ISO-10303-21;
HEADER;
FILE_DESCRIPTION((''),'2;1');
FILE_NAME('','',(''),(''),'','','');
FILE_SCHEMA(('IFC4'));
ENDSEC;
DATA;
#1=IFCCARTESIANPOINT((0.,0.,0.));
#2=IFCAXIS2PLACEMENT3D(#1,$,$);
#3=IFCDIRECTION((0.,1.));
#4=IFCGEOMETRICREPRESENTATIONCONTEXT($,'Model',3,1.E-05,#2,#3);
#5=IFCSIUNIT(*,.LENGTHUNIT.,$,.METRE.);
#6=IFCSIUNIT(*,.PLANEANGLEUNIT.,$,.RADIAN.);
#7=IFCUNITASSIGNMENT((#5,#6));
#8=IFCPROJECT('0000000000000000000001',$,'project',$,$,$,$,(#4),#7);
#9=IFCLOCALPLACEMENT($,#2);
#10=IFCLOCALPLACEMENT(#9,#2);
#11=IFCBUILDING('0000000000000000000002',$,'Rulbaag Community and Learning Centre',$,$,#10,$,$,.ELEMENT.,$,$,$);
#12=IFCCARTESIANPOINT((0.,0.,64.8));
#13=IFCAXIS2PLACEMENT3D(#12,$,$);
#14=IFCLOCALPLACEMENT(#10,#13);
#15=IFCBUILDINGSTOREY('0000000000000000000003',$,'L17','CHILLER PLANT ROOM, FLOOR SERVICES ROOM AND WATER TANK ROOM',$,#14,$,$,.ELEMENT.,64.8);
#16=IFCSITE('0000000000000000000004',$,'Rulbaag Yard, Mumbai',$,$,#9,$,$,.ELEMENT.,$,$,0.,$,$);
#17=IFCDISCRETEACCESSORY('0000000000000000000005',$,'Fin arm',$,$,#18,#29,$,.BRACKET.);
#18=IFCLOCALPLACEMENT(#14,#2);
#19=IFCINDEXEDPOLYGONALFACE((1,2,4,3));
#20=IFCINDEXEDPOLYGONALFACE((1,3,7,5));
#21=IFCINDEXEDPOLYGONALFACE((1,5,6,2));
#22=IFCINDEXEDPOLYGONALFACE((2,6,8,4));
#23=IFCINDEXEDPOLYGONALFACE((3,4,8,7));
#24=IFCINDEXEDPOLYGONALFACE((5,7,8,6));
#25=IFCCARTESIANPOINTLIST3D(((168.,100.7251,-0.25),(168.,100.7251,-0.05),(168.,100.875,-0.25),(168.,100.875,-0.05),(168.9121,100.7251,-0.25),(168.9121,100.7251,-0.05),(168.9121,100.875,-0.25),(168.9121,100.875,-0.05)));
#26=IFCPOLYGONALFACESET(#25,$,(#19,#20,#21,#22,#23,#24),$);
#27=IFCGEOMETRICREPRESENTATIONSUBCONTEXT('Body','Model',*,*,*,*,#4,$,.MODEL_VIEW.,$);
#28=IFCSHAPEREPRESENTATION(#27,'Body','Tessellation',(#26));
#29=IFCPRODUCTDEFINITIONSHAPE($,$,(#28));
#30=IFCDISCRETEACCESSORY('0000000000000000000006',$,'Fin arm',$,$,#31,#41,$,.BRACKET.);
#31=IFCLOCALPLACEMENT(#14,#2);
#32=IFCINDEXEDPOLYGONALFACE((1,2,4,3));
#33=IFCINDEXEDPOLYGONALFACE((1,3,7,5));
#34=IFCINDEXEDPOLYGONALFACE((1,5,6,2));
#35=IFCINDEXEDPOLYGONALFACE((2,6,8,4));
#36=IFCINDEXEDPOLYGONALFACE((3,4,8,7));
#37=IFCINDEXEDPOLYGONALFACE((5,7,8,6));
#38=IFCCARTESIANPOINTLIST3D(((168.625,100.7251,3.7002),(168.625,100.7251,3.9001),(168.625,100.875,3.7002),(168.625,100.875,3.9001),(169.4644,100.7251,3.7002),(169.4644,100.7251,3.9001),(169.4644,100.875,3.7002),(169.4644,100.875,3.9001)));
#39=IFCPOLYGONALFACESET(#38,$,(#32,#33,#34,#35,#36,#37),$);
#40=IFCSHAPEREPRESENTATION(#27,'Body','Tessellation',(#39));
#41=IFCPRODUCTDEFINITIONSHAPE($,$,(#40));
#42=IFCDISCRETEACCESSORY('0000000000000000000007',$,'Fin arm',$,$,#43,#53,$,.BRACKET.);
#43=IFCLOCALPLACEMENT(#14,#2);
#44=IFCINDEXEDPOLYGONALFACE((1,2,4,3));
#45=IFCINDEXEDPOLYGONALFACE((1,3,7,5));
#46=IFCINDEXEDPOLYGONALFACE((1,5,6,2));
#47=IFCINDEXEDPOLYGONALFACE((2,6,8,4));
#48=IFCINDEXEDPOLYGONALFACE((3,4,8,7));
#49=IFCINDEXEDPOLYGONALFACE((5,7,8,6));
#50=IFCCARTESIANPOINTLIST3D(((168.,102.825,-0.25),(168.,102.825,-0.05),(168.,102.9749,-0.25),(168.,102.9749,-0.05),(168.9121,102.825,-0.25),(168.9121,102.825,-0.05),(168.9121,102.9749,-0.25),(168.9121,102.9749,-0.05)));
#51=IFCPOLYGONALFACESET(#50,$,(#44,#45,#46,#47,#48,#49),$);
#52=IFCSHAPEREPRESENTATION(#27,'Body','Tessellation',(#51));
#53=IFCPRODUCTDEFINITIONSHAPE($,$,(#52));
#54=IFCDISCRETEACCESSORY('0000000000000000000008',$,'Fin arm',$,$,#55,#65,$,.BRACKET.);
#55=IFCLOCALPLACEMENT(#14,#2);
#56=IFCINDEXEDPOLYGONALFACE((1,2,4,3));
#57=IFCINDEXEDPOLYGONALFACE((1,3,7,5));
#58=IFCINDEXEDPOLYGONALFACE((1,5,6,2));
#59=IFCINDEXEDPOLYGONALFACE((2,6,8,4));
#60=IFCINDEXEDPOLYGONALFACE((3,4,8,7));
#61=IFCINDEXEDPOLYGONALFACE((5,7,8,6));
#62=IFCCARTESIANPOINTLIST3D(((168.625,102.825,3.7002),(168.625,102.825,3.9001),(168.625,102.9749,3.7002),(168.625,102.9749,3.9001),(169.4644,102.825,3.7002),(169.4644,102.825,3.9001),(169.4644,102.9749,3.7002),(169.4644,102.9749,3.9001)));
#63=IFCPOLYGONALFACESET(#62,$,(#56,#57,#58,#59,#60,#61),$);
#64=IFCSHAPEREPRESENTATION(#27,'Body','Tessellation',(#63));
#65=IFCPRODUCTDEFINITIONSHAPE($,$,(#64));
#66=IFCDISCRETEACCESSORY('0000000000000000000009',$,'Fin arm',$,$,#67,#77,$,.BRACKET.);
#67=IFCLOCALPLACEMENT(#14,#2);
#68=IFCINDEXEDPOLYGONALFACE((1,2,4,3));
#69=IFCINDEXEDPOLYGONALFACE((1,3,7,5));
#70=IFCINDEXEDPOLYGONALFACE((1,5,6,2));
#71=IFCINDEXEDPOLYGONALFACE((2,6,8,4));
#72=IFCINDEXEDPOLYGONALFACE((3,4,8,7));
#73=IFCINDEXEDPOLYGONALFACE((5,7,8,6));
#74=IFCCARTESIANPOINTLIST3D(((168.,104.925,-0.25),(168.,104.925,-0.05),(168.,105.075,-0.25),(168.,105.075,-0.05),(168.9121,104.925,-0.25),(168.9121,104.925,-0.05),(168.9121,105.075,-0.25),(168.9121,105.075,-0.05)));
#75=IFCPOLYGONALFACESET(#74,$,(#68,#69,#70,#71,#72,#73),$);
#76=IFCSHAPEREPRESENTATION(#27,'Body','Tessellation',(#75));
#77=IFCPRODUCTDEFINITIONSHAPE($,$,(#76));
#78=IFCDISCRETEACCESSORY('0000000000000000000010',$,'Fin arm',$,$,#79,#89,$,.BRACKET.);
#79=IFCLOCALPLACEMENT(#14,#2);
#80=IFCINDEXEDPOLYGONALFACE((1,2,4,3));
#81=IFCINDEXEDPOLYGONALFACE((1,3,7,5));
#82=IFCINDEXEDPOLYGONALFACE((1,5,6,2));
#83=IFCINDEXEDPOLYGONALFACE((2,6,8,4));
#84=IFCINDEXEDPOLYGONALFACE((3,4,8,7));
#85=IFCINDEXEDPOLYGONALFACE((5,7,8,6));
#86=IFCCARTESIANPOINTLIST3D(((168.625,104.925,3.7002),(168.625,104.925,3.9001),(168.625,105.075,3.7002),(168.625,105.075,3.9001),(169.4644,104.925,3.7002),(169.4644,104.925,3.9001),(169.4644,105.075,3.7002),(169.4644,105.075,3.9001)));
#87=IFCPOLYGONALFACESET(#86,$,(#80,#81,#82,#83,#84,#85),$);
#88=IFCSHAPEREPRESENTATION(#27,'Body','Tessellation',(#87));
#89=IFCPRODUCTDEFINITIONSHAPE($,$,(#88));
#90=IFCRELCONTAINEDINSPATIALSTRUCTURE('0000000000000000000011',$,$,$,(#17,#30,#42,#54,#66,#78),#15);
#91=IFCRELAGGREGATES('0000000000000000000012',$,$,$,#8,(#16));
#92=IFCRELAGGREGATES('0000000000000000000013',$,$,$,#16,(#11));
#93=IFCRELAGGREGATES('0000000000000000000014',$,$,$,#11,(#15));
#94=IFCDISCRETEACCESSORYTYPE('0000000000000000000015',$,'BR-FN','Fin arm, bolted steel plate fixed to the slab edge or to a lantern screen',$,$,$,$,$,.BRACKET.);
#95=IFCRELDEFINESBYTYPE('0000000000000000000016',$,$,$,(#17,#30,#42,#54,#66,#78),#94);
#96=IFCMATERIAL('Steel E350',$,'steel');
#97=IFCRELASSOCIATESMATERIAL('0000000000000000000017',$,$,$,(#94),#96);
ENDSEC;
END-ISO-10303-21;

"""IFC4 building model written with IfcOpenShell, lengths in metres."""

from ifc_helpers import new_model, si_unit, direction, frame, origin, origin_2d, place, context, subcontext, project, spatial, rectangle, extrude, material, type_object, element, save


model = new_model("IFC4")

# Units and contexts
model_context = context("Model", 3, precision=1e-05, world=origin(), true_north=direction((0.0, 1.0)))
body_context = subcontext(model_context, "Body", "Model", "MODEL_VIEW")
ifc_project = project(units=[si_unit("LENGTHUNIT", "METRE"), si_unit("PLANEANGLEUNIT", "RADIAN")], contexts=[model_context])

# Site, building, storey
site_placement = place(None, origin())
site = spatial("IfcSite", under=ifc_project, at=site_placement, Name="Rulbaag Yard, Mumbai", CompositionType="ELEMENT", RefElevation=0.0)
building_placement = place(site_placement, origin())
building = spatial("IfcBuilding", under=site, at=building_placement, Name="Rulbaag Community and Learning Centre", CompositionType="ELEMENT")
storey_placement = place(building_placement, frame((0.0, 0.0, 64.8)))
storey = spatial("IfcBuildingStorey", under=building, at=storey_placement, Name="L17", Description="CHILLER PLANT ROOM, FLOOR SERVICES ROOM AND WATER TANK ROOM", CompositionType="ELEMENT", Elevation=64.8)

# Discrete accessories
ifc_material_1 = material(Name="Steel E350", Category="steel")
discrete_accessory_type = type_object("IfcDiscreteAccessoryType", Name="BR-FN", Description="Fin arm, bolted steel plate fixed to the slab edge or to a lantern screen", PredefinedType="BRACKET", material=ifc_material_1)
discrete_accessory_1_placement = place(storey_placement, frame((168.4561, 100.8, -0.25), z_axis=(0.0, 0.0, 1.0), x_axis=(1.0, 0.0, 0.0)))
element("IfcDiscreteAccessory", 1, at=discrete_accessory_1_placement, inside=storey, type_object=discrete_accessory_type, Name="Fin arm", PredefinedType="BRACKET", context=body_context, shape_type="SweptSolid", body=[
    extrude(rectangle(XDim=0.9121, YDim=0.1499, at=origin_2d()), origin(), (0.0, 0.0, 1.0), 0.2),
])
discrete_accessory_2_placement = place(storey_placement, frame((169.0447, 100.8, 3.7002), z_axis=(0.0, 0.0, 1.0), x_axis=(1.0, 0.0, 0.0)))
element("IfcDiscreteAccessory", 2, at=discrete_accessory_2_placement, inside=storey, type_object=discrete_accessory_type, Name="Fin arm", PredefinedType="BRACKET", context=body_context, shape_type="SweptSolid", body=[
    extrude(rectangle(XDim=0.8394, YDim=0.1499, at=origin_2d()), origin(), (0.0, 0.0, 1.0), 0.2),
])
discrete_accessory_3_placement = place(storey_placement, frame((168.4561, 102.8999, -0.25), z_axis=(0.0, 0.0, 1.0), x_axis=(1.0, 0.0, 0.0)))
element("IfcDiscreteAccessory", 3, at=discrete_accessory_3_placement, inside=storey, type_object=discrete_accessory_type, Name="Fin arm", PredefinedType="BRACKET", context=body_context, shape_type="SweptSolid", body=[
    extrude(rectangle(XDim=0.9121, YDim=0.1499, at=origin_2d()), origin(), (0.0, 0.0, 1.0), 0.2),
])
discrete_accessory_4_placement = place(storey_placement, frame((169.0447, 102.8999, 3.7002), z_axis=(0.0, 0.0, 1.0), x_axis=(1.0, 0.0, 0.0)))
element("IfcDiscreteAccessory", 4, at=discrete_accessory_4_placement, inside=storey, type_object=discrete_accessory_type, Name="Fin arm", PredefinedType="BRACKET", context=body_context, shape_type="SweptSolid", body=[
    extrude(rectangle(XDim=0.8394, YDim=0.1499, at=origin_2d()), origin(), (0.0, 0.0, 1.0), 0.2),
])
discrete_accessory_5_placement = place(storey_placement, frame((168.4561, 105.0, -0.25), z_axis=(0.0, 0.0, 1.0), x_axis=(1.0, 0.0, 0.0)))
element("IfcDiscreteAccessory", 5, at=discrete_accessory_5_placement, inside=storey, type_object=discrete_accessory_type, Name="Fin arm", PredefinedType="BRACKET", context=body_context, shape_type="SweptSolid", body=[
    extrude(rectangle(XDim=0.9121, YDim=0.1499, at=origin_2d()), origin(), (0.0, 0.0, 1.0), 0.2),
])
discrete_accessory_6_placement = place(storey_placement, frame((169.0447, 105.0, 3.7002), z_axis=(0.0, 0.0, 1.0), x_axis=(1.0, 0.0, 0.0)))
element("IfcDiscreteAccessory", 6, at=discrete_accessory_6_placement, inside=storey, type_object=discrete_accessory_type, Name="Fin arm", PredefinedType="BRACKET", context=body_context, shape_type="SweptSolid", body=[
    extrude(rectangle(XDim=0.8394, YDim=0.1499, at=origin_2d()), origin(), (0.0, 0.0, 1.0), 0.2),
])

save(model, "model.ifc")
